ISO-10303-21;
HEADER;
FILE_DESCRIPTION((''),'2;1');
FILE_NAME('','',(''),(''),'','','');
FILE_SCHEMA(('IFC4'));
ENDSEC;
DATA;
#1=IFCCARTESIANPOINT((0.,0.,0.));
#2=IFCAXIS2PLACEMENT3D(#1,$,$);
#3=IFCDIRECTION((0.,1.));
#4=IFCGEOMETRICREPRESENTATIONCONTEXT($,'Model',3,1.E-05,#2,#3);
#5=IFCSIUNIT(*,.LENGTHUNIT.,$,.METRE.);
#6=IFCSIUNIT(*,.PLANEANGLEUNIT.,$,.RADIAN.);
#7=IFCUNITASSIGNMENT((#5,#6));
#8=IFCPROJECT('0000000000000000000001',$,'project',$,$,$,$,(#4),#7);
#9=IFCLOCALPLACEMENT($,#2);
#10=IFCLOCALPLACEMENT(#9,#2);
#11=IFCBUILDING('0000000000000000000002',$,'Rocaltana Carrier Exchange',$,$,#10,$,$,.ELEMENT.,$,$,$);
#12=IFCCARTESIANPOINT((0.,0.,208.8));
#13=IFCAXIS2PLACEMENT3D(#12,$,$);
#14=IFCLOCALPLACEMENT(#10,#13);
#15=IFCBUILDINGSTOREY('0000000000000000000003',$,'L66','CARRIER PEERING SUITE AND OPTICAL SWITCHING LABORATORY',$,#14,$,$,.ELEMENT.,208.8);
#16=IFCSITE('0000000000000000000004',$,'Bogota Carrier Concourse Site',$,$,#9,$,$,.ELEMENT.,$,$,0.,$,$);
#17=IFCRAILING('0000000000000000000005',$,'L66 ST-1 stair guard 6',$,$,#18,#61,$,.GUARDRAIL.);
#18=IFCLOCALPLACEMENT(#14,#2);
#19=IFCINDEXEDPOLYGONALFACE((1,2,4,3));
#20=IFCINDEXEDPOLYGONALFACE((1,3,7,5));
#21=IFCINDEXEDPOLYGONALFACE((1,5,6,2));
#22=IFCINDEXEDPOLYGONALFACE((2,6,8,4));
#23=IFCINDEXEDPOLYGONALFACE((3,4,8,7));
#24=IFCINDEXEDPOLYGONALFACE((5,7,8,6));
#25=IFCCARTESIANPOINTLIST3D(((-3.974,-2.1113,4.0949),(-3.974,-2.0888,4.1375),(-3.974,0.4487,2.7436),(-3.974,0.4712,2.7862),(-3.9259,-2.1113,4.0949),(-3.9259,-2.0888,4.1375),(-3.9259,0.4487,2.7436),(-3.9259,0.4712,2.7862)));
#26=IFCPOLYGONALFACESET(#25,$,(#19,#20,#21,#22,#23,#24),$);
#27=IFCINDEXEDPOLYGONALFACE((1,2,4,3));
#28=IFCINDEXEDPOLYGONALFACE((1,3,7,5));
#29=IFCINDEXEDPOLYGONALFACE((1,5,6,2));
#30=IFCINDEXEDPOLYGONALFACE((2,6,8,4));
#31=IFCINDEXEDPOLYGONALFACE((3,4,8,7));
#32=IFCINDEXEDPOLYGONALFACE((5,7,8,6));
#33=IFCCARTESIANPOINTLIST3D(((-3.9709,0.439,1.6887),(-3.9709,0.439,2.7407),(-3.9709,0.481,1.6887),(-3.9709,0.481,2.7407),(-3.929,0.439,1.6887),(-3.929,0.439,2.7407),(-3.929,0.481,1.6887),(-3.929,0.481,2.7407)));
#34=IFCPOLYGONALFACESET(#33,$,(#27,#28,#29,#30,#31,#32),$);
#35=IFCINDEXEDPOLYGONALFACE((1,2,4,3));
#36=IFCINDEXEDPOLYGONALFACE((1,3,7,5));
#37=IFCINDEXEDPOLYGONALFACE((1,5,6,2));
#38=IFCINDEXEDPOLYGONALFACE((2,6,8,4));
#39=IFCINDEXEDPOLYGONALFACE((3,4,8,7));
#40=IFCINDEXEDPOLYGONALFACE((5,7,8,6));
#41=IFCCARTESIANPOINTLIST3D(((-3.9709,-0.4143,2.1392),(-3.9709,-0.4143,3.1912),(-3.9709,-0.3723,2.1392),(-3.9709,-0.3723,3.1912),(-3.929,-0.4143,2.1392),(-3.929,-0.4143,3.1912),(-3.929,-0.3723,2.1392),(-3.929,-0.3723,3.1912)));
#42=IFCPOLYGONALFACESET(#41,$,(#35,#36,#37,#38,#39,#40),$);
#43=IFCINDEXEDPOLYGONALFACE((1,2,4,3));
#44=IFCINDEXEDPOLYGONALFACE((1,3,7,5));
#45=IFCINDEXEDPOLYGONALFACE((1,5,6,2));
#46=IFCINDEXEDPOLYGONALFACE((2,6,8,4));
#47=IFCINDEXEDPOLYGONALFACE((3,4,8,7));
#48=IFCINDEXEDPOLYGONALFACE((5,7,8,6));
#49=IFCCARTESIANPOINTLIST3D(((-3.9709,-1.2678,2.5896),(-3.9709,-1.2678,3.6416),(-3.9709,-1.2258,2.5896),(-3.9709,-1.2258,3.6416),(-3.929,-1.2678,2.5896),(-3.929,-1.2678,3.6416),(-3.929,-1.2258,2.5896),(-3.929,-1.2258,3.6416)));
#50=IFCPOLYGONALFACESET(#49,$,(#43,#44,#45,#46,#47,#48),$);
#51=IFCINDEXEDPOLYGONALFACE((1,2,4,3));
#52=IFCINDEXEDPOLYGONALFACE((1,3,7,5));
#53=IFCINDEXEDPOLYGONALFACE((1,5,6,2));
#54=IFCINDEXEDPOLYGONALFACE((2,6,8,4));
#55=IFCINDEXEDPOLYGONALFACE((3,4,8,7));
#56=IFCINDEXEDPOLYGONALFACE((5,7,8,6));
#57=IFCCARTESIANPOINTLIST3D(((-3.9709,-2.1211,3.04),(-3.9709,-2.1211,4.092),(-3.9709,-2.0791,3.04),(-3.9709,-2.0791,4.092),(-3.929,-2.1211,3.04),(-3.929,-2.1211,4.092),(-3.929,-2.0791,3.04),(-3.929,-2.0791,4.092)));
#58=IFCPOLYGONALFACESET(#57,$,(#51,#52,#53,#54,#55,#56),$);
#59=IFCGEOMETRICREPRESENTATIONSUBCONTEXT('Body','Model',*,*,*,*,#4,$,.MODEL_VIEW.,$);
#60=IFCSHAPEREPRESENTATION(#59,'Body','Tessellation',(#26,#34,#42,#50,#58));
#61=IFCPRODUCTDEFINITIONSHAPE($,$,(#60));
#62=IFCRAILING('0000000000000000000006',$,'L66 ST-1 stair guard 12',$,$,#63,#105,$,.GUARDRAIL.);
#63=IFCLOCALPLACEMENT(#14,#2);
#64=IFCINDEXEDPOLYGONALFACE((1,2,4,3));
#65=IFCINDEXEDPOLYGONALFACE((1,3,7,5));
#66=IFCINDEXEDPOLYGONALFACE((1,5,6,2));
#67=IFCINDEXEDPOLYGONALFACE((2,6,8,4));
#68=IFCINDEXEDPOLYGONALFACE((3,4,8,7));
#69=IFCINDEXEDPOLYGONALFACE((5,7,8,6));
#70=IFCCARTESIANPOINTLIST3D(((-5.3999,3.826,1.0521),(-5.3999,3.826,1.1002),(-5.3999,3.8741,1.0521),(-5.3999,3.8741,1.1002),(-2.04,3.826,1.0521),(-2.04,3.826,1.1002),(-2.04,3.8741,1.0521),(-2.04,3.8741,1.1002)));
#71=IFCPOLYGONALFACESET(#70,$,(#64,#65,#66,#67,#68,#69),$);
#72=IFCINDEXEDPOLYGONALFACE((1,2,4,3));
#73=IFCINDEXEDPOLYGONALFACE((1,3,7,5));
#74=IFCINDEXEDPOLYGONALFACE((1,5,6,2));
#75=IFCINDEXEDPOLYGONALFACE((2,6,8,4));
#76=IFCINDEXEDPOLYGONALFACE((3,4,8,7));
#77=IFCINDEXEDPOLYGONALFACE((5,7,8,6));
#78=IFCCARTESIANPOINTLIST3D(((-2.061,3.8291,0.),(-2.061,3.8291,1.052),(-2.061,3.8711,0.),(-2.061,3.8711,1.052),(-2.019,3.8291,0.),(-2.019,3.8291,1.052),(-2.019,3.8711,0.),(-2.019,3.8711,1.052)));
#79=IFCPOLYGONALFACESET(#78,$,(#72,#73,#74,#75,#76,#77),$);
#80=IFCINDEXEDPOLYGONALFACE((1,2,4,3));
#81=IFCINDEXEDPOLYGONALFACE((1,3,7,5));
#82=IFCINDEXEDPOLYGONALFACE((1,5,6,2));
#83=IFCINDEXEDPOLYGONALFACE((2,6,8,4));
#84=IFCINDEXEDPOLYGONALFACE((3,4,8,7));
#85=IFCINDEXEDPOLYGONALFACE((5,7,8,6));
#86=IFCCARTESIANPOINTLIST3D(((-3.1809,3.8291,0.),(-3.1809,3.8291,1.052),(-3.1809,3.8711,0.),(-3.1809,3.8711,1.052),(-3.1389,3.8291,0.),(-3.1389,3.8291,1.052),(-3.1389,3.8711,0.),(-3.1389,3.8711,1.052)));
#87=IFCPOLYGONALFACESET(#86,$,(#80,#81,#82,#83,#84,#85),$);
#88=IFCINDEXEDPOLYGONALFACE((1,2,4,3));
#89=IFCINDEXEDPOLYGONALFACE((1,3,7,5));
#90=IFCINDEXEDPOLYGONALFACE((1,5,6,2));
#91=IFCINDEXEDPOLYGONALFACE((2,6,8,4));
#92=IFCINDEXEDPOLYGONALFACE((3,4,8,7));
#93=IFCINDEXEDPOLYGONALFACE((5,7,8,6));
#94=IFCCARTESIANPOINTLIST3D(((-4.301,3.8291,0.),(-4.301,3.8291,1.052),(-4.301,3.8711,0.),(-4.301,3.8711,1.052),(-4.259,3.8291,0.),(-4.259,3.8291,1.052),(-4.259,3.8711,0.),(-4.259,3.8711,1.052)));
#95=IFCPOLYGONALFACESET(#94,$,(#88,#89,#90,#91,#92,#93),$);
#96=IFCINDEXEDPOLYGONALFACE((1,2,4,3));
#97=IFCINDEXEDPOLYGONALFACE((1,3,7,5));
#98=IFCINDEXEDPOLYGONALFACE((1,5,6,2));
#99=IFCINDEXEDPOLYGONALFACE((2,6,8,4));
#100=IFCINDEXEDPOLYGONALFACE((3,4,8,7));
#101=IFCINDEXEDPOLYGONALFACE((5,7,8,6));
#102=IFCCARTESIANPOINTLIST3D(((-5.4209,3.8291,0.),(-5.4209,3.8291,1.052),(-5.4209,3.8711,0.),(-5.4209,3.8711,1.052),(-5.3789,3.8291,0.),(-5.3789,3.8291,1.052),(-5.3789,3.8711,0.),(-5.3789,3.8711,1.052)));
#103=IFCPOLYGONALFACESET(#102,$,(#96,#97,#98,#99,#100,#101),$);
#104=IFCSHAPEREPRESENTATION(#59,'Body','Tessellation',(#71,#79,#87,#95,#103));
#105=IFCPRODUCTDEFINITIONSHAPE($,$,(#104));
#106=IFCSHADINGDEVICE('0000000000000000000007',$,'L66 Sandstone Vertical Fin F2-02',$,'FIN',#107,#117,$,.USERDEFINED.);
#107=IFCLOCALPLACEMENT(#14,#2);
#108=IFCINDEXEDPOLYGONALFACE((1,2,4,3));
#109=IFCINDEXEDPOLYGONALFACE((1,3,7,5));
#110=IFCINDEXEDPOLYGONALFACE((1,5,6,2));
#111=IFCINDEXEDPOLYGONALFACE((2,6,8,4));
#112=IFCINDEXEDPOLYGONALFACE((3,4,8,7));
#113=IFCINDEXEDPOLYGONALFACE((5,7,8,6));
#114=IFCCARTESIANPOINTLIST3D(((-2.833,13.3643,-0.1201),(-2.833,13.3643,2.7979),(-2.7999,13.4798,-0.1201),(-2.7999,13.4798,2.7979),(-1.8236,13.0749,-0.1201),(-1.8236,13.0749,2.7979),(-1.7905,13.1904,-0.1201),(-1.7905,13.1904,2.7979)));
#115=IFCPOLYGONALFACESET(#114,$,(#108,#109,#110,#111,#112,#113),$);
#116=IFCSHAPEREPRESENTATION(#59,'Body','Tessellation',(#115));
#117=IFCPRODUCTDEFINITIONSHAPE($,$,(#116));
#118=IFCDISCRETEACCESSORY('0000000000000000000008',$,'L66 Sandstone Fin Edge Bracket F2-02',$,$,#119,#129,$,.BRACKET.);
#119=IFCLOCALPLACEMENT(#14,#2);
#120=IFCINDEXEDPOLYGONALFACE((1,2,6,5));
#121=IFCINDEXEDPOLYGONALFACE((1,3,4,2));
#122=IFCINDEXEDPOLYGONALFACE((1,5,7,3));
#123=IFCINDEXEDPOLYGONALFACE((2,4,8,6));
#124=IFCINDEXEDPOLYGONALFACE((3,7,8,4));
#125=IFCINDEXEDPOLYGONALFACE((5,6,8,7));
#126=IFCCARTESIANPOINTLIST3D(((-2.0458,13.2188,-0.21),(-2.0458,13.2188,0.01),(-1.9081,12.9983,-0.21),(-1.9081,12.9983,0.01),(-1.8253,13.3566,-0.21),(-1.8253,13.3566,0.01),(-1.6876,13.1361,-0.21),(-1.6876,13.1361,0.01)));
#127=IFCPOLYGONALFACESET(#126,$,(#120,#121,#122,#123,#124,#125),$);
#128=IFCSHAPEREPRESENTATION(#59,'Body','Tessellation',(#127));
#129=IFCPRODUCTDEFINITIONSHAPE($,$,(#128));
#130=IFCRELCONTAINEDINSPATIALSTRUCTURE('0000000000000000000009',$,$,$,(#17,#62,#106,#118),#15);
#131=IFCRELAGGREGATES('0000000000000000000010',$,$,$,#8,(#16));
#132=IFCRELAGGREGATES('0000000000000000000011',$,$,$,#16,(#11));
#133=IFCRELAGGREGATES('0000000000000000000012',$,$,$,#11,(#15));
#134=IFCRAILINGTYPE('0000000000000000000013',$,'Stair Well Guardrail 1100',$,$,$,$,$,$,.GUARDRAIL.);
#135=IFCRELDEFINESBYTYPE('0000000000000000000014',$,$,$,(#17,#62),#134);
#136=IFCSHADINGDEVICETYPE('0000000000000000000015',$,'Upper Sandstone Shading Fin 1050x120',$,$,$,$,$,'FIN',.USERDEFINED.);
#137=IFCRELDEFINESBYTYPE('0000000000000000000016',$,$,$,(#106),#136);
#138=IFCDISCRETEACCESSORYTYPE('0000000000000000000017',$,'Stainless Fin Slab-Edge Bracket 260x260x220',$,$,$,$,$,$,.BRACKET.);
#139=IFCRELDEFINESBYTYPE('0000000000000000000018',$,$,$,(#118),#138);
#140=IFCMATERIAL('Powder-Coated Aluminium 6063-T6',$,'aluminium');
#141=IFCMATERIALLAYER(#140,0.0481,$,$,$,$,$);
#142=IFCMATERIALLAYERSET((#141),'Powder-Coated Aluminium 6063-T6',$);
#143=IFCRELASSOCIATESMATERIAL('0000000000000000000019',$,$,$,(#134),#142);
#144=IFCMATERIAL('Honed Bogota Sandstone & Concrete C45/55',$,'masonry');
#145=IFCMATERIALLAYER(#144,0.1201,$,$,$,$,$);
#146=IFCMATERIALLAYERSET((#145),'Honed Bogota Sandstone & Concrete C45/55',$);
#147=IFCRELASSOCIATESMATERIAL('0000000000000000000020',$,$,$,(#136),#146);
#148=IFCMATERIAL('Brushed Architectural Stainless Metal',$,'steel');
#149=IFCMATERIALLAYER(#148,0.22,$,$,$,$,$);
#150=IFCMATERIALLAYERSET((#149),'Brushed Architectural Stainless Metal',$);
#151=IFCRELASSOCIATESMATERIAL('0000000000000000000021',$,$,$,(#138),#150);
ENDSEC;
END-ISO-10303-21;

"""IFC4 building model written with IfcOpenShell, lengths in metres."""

from ifc_helpers import new_model, si_unit, direction, frame, origin, origin_2d, place, context, subcontext, project, spatial, rectangle, extrude, material, layer, layer_set, type_object, element, save


model = new_model("IFC4")

# Units and contexts
model_context = context("Model", 3, precision=1e-05, world=origin(), true_north=direction((0.0, 1.0)))
body_context = subcontext(model_context, "Body", "Model", "MODEL_VIEW")
ifc_project = project(units=[si_unit("LENGTHUNIT", "METRE"), si_unit("PLANEANGLEUNIT", "RADIAN")], contexts=[model_context])

# Site, building, storey
site_placement = place(None, origin())
site = spatial("IfcSite", under=ifc_project, at=site_placement, Name="Bogota Carrier Concourse Site", CompositionType="ELEMENT", RefElevation=0.0)
building_placement = place(site_placement, origin())
building = spatial("IfcBuilding", under=site, at=building_placement, Name="Rocaltana Carrier Exchange", CompositionType="ELEMENT")
storey_placement = place(building_placement, frame((0.0, 0.0, 208.8)))
storey = spatial("IfcBuildingStorey", under=building, at=storey_placement, Name="L66", Description="CARRIER PEERING SUITE AND OPTICAL SWITCHING LABORATORY", CompositionType="ELEMENT", Elevation=208.8)

# Railings
ifc_material_1 = material(Name="Powder-Coated Aluminium 6063-T6", Category="aluminium")
ifc_layer_1 = layer(ifc_material_1, 0.0481)
ifc_layer_set_1 = layer_set([ifc_layer_1], Name="Powder-Coated Aluminium 6063-T6")
railing_type_1 = type_object("IfcRailingType", Name="Stair Well Guardrail 1100", PredefinedType="GUARDRAIL", material=ifc_layer_set_1)
railing_1_placement = place(storey_placement, frame((-3.95, 0.46, 1.6887)))
element("IfcRailing", 1, at=railing_1_placement, inside=storey, type_object=railing_type_1, Name="L66 ST-1 stair guard 6", PredefinedType="GUARDRAIL", context=body_context, shape_type="SweptSolid", body=[
    extrude(rectangle(XDim=0.0481, YDim=0.0481, at=origin_2d()), frame((0.0, 0.0, 1.0762), z_axis=(0.0, -0.88436, 0.466806), x_axis=(1.0, 0.0, 0.0)), (0.0, 0.0, 1.0), 2.8948),
    extrude(rectangle(XDim=0.042, YDim=0.042, at=origin_2d()), origin(), (0.0, 0.0, 1.0), 1.052),
    extrude(rectangle(XDim=0.042, YDim=0.042, at=origin_2d()), frame((0.0, -0.8533, 0.4504)), (0.0, 0.0, 1.0), 1.052),
    extrude(rectangle(XDim=0.042, YDim=0.042, at=origin_2d()), frame((0.0, -1.7068, 0.9009)), (0.0, 0.0, 1.0), 1.052),
    extrude(rectangle(XDim=0.042, YDim=0.042, at=origin_2d()), frame((0.0, -2.5601, 1.3513)), (0.0, 0.0, 1.0), 1.052),
])
railing_2_placement = place(storey_placement, frame((-2.04, 3.8501, 0.0)))
element("IfcRailing", 2, at=railing_2_placement, inside=storey, type_object=railing_type_1, Name="L66 ST-1 stair guard 12", PredefinedType="GUARDRAIL", context=body_context, shape_type="SweptSolid", body=[
    extrude(rectangle(XDim=0.0481, YDim=0.0481, at=origin_2d()), frame((0.0, 0.0, 1.0762), z_axis=(-1.0, 0.0, 0.0), x_axis=(0.0, -1.0, 0.0)), (0.0, 0.0, 1.0), 3.3599),
    extrude(rectangle(XDim=0.042, YDim=0.042, at=origin_2d()), origin(), (0.0, 0.0, 1.0), 1.052),
    extrude(rectangle(XDim=0.042, YDim=0.042, at=origin_2d()), frame((-1.1199, 0.0, 0.0)), (0.0, 0.0, 1.0), 1.052),
    extrude(rectangle(XDim=0.042, YDim=0.042, at=origin_2d()), frame((-2.24, 0.0, 0.0)), (0.0, 0.0, 1.0), 1.052),
    extrude(rectangle(XDim=0.042, YDim=0.042, at=origin_2d()), frame((-3.3599, 0.0, 0.0)), (0.0, 0.0, 1.0), 1.052),
])

# Shading device
ifc_material_2 = material(Name="Honed Bogota Sandstone & Concrete C45/55", Category="masonry")
ifc_layer_2 = layer(ifc_material_2, 0.1201)
ifc_layer_set_2 = layer_set([ifc_layer_2], Name="Honed Bogota Sandstone & Concrete C45/55")
shading_device_type = type_object("IfcShadingDeviceType", Name="Upper Sandstone Shading Fin 1050x120", ElementType="FIN", PredefinedType="USERDEFINED", material=ifc_layer_set_2)
shading_device_placement = place(storey_placement, frame((-2.3118, 13.2773, -0.1201), z_axis=(0.0, 0.0, 1.0), x_axis=(-0.961262, 0.275637, 0.0)))
element("IfcShadingDevice", 3, at=shading_device_placement, inside=storey, type_object=shading_device_type, Name="L66 Sandstone Vertical Fin F2-02", ObjectType="FIN", PredefinedType="USERDEFINED", context=body_context, shape_type="SweptSolid", body=[
    extrude(rectangle(XDim=1.05, YDim=0.1201, at=origin_2d()), origin(), (0.0, 0.0, 1.0), 2.918),
])

# Discrete accessory
ifc_material_3 = material(Name="Brushed Architectural Stainless Metal", Category="steel")
ifc_layer_3 = layer(ifc_material_3, 0.22)
ifc_layer_set_3 = layer_set([ifc_layer_3], Name="Brushed Architectural Stainless Metal")
discrete_accessory_type = type_object("IfcDiscreteAccessoryType", Name="Stainless Fin Slab-Edge Bracket 260x260x220", PredefinedType="BRACKET", material=ifc_layer_set_3)
discrete_accessory_placement = place(storey_placement, frame((-1.8667, 13.1775, -0.21), z_axis=(0.0, 0.0, 1.0), x_axis=(-0.848048, -0.529919, 0.0)))
element("IfcDiscreteAccessory", 4, at=discrete_accessory_placement, inside=storey, type_object=discrete_accessory_type, Name="L66 Sandstone Fin Edge Bracket F2-02", PredefinedType="BRACKET", context=body_context, shape_type="SweptSolid", body=[
    extrude(rectangle(XDim=0.26, YDim=0.26, at=origin_2d()), origin(), (0.0, 0.0, 1.0), 0.22),
])

save(model, "model.ifc")
